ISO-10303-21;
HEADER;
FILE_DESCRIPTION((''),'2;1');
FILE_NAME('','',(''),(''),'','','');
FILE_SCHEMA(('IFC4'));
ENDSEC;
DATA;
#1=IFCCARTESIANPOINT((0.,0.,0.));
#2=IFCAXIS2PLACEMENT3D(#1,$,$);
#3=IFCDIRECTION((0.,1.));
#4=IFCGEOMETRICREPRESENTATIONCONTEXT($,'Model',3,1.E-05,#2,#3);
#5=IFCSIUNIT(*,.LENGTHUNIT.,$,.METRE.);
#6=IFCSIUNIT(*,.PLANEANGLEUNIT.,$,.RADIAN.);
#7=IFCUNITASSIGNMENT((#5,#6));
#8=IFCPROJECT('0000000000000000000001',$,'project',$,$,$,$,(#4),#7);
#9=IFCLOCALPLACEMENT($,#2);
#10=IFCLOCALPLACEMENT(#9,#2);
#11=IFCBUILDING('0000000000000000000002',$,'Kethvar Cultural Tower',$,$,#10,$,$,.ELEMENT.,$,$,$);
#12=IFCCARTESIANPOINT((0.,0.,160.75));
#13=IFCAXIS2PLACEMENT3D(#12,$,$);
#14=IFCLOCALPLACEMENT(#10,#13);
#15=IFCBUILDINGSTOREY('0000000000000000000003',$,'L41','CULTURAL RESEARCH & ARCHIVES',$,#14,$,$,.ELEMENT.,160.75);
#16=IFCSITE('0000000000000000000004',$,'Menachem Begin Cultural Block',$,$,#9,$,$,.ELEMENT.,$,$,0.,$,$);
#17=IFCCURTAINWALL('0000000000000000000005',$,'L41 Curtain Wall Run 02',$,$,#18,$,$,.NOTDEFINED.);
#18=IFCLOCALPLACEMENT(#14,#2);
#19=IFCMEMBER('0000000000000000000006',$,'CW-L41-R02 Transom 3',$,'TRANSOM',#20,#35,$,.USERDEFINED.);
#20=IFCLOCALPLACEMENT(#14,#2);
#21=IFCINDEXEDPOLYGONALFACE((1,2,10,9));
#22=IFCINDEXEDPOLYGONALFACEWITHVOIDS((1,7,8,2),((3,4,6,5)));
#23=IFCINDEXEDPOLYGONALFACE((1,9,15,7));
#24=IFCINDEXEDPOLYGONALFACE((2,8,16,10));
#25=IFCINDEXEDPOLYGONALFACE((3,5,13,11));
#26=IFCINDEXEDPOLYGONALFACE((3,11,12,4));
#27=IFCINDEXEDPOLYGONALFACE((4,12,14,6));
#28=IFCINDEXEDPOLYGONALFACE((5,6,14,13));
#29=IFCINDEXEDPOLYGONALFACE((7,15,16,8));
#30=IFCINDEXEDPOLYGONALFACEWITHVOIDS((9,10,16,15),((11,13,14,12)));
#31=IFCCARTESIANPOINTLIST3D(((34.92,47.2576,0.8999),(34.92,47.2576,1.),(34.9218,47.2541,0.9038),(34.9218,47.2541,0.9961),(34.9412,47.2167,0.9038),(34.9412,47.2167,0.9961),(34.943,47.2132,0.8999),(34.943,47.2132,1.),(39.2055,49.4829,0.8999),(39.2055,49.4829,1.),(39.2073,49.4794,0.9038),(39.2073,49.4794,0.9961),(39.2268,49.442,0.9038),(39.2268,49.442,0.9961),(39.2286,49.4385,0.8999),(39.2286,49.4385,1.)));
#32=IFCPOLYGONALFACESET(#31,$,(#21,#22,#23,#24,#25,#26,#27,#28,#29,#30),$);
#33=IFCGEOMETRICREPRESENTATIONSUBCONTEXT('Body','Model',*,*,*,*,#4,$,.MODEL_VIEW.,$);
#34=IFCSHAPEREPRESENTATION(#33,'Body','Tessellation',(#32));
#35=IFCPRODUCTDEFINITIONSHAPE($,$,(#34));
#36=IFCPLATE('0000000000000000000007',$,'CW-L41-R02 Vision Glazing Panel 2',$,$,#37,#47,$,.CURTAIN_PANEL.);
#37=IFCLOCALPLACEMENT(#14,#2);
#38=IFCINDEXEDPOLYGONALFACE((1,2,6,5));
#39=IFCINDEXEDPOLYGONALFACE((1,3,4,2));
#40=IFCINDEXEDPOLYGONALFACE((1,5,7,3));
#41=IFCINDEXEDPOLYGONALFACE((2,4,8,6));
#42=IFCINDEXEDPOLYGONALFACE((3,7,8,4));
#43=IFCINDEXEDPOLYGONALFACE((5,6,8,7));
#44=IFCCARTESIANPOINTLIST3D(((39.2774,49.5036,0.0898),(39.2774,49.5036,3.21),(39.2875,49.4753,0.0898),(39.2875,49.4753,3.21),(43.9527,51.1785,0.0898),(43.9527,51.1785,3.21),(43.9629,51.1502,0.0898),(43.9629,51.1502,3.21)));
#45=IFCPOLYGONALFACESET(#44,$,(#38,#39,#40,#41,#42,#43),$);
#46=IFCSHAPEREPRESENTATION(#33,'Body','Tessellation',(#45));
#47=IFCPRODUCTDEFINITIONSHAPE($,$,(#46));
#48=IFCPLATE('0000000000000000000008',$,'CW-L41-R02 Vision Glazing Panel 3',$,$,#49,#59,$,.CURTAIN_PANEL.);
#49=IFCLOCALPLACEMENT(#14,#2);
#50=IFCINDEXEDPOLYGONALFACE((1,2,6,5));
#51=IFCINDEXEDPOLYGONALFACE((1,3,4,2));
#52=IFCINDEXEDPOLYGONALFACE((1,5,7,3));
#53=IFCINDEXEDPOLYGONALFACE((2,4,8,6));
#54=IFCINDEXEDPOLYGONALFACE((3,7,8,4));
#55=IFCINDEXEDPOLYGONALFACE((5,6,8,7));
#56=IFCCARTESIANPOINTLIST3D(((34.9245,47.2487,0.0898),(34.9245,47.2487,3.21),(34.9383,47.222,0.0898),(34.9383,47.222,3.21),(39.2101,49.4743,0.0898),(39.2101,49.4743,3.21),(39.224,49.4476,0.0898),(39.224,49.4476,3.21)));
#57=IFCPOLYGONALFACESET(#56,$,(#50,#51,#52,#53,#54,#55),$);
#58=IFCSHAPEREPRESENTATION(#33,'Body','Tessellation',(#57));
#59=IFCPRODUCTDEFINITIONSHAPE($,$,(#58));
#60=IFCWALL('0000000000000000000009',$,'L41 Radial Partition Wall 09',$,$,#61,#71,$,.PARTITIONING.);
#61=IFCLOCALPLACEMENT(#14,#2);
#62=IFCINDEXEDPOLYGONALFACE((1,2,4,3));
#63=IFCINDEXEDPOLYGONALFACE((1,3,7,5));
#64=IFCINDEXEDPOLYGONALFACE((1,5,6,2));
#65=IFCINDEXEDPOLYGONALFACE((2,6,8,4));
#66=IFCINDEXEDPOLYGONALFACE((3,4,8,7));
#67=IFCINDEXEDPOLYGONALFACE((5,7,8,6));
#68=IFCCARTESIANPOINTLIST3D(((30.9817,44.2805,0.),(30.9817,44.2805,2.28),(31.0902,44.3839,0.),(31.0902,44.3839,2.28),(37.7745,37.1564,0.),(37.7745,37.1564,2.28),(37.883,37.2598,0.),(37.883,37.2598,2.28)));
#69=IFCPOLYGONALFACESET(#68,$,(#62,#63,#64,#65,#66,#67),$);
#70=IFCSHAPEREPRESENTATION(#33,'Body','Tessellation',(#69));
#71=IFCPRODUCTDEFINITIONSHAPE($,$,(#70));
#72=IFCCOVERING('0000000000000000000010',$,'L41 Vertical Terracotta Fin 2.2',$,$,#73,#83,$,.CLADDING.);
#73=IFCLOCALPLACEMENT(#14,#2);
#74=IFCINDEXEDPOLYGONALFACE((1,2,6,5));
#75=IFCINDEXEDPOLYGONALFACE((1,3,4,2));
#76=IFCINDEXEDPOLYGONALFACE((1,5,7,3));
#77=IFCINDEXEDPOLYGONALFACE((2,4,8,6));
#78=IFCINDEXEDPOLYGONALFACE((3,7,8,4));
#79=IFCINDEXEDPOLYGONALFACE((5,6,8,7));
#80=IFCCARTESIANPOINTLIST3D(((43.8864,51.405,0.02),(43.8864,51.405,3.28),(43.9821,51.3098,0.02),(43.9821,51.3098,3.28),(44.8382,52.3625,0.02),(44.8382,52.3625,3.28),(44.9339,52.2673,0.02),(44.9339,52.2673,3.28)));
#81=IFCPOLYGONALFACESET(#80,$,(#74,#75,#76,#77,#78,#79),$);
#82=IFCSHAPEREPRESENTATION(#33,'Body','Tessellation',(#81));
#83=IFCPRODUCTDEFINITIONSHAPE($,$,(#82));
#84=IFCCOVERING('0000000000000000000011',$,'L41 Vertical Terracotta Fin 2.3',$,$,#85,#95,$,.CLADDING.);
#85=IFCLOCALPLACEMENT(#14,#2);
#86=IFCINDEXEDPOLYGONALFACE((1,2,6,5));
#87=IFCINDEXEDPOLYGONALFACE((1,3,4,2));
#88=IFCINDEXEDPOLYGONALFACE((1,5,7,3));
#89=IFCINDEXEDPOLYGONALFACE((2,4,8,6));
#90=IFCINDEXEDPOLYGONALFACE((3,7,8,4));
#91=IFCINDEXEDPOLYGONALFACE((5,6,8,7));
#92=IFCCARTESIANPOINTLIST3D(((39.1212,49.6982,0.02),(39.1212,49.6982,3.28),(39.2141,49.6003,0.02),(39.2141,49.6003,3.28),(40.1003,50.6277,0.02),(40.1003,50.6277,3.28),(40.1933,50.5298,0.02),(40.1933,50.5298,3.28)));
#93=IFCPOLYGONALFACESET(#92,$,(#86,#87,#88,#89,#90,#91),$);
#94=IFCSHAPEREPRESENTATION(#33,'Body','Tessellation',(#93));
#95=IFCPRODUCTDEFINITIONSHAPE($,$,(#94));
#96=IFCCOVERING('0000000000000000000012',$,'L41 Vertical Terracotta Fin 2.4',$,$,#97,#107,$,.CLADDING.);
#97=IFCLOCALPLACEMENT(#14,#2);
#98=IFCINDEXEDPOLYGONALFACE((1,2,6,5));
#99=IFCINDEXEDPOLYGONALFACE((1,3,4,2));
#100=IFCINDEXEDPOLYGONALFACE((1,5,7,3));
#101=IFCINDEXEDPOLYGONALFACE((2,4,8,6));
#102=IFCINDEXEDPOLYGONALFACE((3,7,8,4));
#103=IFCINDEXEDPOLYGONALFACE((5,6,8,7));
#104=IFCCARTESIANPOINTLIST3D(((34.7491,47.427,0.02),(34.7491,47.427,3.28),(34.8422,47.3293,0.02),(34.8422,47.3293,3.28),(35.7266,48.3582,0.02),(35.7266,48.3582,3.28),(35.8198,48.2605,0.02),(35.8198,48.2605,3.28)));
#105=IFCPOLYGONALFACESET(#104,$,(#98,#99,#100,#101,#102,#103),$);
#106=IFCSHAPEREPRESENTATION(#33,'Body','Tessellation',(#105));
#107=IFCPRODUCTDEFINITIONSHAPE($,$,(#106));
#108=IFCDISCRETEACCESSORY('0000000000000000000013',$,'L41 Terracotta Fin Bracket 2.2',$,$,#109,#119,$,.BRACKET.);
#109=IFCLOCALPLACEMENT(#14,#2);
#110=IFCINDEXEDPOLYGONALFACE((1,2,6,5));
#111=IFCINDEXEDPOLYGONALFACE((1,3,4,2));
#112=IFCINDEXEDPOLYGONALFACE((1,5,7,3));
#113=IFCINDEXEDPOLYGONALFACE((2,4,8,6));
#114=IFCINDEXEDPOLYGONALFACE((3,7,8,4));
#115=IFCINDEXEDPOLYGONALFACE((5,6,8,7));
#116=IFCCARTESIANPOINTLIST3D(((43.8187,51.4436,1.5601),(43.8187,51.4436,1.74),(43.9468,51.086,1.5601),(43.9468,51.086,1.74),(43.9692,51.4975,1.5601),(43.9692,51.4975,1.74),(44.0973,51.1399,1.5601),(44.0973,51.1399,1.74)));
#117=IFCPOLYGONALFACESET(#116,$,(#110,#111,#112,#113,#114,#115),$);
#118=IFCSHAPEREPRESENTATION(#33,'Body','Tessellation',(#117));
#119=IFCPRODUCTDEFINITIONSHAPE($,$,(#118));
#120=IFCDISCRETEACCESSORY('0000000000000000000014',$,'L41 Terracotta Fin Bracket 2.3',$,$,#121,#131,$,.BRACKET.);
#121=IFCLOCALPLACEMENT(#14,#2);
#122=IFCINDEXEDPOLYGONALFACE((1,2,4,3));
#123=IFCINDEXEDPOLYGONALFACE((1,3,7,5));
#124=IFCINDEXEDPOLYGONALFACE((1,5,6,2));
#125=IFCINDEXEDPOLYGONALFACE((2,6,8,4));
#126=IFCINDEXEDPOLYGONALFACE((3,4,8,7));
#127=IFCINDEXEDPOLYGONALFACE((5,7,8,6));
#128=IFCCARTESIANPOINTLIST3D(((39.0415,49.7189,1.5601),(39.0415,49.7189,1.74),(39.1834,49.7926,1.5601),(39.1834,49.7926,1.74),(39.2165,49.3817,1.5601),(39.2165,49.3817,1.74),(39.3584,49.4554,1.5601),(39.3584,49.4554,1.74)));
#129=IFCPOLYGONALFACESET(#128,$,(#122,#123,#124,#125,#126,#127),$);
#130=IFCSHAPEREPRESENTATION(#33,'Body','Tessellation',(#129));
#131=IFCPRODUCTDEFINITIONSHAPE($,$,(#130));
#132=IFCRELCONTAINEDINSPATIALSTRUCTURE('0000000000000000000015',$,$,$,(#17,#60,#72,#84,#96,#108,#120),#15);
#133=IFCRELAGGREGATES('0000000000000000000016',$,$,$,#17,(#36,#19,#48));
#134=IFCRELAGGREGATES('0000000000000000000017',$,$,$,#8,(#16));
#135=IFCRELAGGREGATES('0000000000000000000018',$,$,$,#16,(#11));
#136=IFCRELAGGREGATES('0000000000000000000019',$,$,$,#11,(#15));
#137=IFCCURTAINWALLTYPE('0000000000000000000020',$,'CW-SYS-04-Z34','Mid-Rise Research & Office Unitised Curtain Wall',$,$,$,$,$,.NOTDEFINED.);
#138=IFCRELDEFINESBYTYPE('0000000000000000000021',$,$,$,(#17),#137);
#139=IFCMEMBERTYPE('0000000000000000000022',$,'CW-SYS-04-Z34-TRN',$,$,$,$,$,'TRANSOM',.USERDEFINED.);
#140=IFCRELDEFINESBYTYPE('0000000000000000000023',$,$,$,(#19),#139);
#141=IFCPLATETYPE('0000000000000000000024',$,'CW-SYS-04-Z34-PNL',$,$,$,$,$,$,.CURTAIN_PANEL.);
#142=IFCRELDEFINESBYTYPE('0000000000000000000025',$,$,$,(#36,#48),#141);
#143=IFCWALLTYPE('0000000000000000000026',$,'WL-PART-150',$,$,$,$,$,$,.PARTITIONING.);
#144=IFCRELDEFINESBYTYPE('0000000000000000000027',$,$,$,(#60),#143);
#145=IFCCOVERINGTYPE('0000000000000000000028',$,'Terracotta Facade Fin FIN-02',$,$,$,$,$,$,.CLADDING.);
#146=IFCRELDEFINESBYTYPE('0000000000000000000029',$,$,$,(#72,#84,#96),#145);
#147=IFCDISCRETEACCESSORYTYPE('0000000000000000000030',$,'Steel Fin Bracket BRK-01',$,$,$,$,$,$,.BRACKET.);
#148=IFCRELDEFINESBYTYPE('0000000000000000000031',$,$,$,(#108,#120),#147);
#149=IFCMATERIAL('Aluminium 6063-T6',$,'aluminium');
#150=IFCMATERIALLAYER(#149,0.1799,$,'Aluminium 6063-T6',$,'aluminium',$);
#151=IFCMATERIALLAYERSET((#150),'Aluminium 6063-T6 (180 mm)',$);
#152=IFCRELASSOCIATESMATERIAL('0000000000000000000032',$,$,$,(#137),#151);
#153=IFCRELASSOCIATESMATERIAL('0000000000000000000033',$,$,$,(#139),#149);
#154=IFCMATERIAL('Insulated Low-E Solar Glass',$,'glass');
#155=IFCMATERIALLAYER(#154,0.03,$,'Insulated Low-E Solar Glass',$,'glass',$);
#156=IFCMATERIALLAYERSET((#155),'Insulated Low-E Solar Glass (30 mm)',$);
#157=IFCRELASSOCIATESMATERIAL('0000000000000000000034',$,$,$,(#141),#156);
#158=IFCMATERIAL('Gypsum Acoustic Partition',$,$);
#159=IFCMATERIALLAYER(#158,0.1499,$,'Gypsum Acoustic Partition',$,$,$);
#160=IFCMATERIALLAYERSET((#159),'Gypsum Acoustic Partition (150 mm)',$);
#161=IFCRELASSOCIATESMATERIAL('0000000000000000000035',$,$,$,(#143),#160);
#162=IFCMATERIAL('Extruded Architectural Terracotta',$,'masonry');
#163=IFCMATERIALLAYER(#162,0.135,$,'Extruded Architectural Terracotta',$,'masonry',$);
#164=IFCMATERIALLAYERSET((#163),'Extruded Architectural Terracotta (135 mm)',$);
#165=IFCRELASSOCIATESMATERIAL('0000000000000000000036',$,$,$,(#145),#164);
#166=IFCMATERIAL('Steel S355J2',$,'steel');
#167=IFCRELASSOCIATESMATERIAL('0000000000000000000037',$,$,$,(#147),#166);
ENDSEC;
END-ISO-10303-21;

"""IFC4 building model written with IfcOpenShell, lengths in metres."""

from ifc_helpers import new_model, si_unit, direction, frame, frame_2d, origin, origin_2d, place, context, subcontext, project, spatial, rectangle, hollow_rectangle, extrude, source, transform, mapped, material, layer, layer_set, material_profile, profile_set, type_object, element, aggregate, save


model = new_model("IFC4")

# Units and contexts
model_context = context("Model", 3, precision=1e-05, world=origin(), true_north=direction((0.0, 1.0)))
body_context = subcontext(model_context, "Body", "Model", "MODEL_VIEW")
ifc_project = project(units=[si_unit("LENGTHUNIT", "METRE"), si_unit("PLANEANGLEUNIT", "RADIAN")], contexts=[model_context])

# Site, building, storey
site_placement = place(None, origin())
site = spatial("IfcSite", under=ifc_project, at=site_placement, Name="Menachem Begin Cultural Block", CompositionType="ELEMENT", RefElevation=0.0)
building_placement = place(site_placement, origin())
building = spatial("IfcBuilding", under=site, at=building_placement, Name="Kethvar Cultural Tower", CompositionType="ELEMENT")
storey_placement = place(building_placement, frame((0.0, 0.0, 160.75)))
storey = spatial("IfcBuildingStorey", under=building, at=storey_placement, Name="L41", Description="CULTURAL RESEARCH & ARCHIVES", CompositionType="ELEMENT", Elevation=160.75)

# Shared definitions
ifc_material_1 = material(Name="Steel S355J2", Category="steel")

# Curtain wall, member, plates
ifc_material_2 = material(Name="Aluminium 6063-T6", Category="aluminium")
ifc_layer_1 = layer(ifc_material_2, 0.1799, Name="Aluminium 6063-T6", Category="aluminium")
ifc_layer_set_1 = layer_set([ifc_layer_1], Name="Aluminium 6063-T6 (180 mm)")
curtain_wall_type = type_object("IfcCurtainWallType", Name="CW-SYS-04-Z34", Description="Mid-Rise Research & Office Unitised Curtain Wall", PredefinedType="NOTDEFINED", material=ifc_layer_set_1)
curtain_wall_placement = place(storey_placement, origin())
curtain_wall = element("IfcCurtainWall", 1, at=curtain_wall_placement, inside=storey, type_object=curtain_wall_type, Name="L41 Curtain Wall Run 02", PredefinedType="NOTDEFINED")
ifc_material_profile_1 = material_profile(ifc_material_2, hollow_rectangle(XDim=0.05, YDim=0.1001, WallThickness=0.0039, at=origin_2d()), Name="Aluminium 6063-T6 — RHS100x50x4")
ifc_profile_set_1 = profile_set([ifc_material_profile_1], Name="Aluminium 6063-T6 — RHS100x50x4")
member_type_1 = type_object("IfcMemberType", Name="CW-SYS-04-Z34-TRN", ElementType="TRANSOM", PredefinedType="USERDEFINED", material=ifc_profile_set_1)
shared_shape_1 = source(origin(), body_context, "Body", "SweptSolid", [
    extrude(hollow_rectangle(XDim=0.05, YDim=0.1001, WallThickness=0.0039, at=origin_2d()), origin(), (0.0, 0.0, 1.0), 4.8289),
])
member_1_placement = place(storey_placement, frame((39.217, 49.4607, 0.95), z_axis=(-0.887487, -0.460832, 0.0), x_axis=(0.460832, -0.887487, 0.0)))
member_1 = element("IfcMember", 2, at=member_1_placement, type_object=member_type_1, Name="CW-L41-R02 Transom 3", ObjectType="TRANSOM", PredefinedType="USERDEFINED", context=body_context, shape_type="MappedRepresentation", body=[
    mapped(shared_shape_1, transform((0.0, 0.0, 0.0), scale=1.0)),
])
ifc_material_3 = material(Name="Insulated Low-E Solar Glass", Category="glass")
ifc_layer_2 = layer(ifc_material_3, 0.03, Name="Insulated Low-E Solar Glass", Category="glass")
ifc_layer_set_2 = layer_set([ifc_layer_2], Name="Insulated Low-E Solar Glass (30 mm)")
plate_type = type_object("IfcPlateType", Name="CW-SYS-04-Z34-PNL", PredefinedType="CURTAIN_PANEL", material=ifc_layer_set_2)
shared_shape_2 = source(origin(), body_context, "Body", "SweptSolid", [
    extrude(rectangle(XDim=4.9663, YDim=0.03, at=origin_2d()), origin(), (0.0, 0.0, 1.0), 3.1201),
])
plate_1_placement = place(storey_placement, frame((41.6201, 50.3269, 0.0898), z_axis=(0.0, 0.0, 1.0), x_axis=(-0.941418, -0.337243, 0.0)))
plate_1 = element("IfcPlate", 3, at=plate_1_placement, type_object=plate_type, Name="CW-L41-R02 Vision Glazing Panel 2", PredefinedType="CURTAIN_PANEL", context=body_context, shape_type="MappedRepresentation", body=[
    mapped(shared_shape_2, transform((0.0, 0.0, 0.0), scale=1.0)),
])
shared_shape_3 = source(origin(), body_context, "Body", "SweptSolid", [
    extrude(rectangle(XDim=4.8291, YDim=0.03, at=origin_2d()), origin(), (0.0, 0.0, 1.0), 3.1201),
])
plate_2_placement = place(storey_placement, frame((37.0742, 48.3481, 0.0898), z_axis=(0.0, 0.0, 1.0), x_axis=(-0.88747, -0.460866, 0.0)))
plate_2 = element("IfcPlate", 4, at=plate_2_placement, type_object=plate_type, Name="CW-L41-R02 Vision Glazing Panel 3", PredefinedType="CURTAIN_PANEL", context=body_context, shape_type="MappedRepresentation", body=[
    mapped(shared_shape_3, transform((0.0, 0.0, 0.0), scale=1.0)),
])
aggregate(curtain_wall, [plate_1, member_1, plate_2])

# Wall
ifc_material_4 = material(Name="Gypsum Acoustic Partition")
ifc_layer_3 = layer(ifc_material_4, 0.1499, Name="Gypsum Acoustic Partition")
ifc_layer_set_3 = layer_set([ifc_layer_3], Name="Gypsum Acoustic Partition (150 mm)")
wall_type = type_object("IfcWallType", Name="WL-PART-150", PredefinedType="PARTITIONING", material=ifc_layer_set_3)
wall_placement = place(storey_placement, frame((37.8289, 37.208, 0.0), z_axis=(0.0, 0.0, 1.0), x_axis=(-0.690078, 0.723735, 0.0)))
element("IfcWall", 5, at=wall_placement, inside=storey, type_object=wall_type, Name="L41 Radial Partition Wall 09", PredefinedType="PARTITIONING", context=body_context, shape_type="SweptSolid", body=[
    extrude(rectangle(XDim=9.8435, YDim=0.1499, at=frame_2d((4.9219, 0.0))), origin(), (0.0, 0.0, 1.0), 2.28),
])

# Coverings
ifc_material_5 = material(Name="Extruded Architectural Terracotta", Category="masonry")
ifc_layer_4 = layer(ifc_material_5, 0.135, Name="Extruded Architectural Terracotta", Category="masonry")
ifc_layer_set_4 = layer_set([ifc_layer_4], Name="Extruded Architectural Terracotta (135 mm)")
covering_type = type_object("IfcCoveringType", Name="Terracotta Facade Fin FIN-02", PredefinedType="CLADDING", material=ifc_layer_set_4)
shared_shape_4 = source(origin(), body_context, "Body", "SweptSolid", [
    extrude(rectangle(XDim=1.3501, YDim=0.135, at=origin_2d()), origin(), (0.0, 0.0, 1.0), 3.26),
])
for number, where, z_axis, x_axis, name in (
    (6, (44.4102, 51.8362, 0.02), (0.0, 0.0, 1.0), (0.705006, 0.709202, 0.0), "L41 Vertical Terracotta Fin 2.2"),
    (7, (39.6572, 50.114, 0.02), (0.0, 0.0, 1.0), (0.725254, 0.688481, 0.0), "L41 Vertical Terracotta Fin 2.3"),
    (8, (35.2844, 47.8438, 0.02), (0.0, 0.0, 1.0), (0.724051, 0.689746, 0.0), "L41 Vertical Terracotta Fin 2.4"),
):
    element("IfcCovering", number, at=place(storey_placement, frame(where, z_axis=z_axis, x_axis=x_axis)), inside=storey, type_object=covering_type, Name=name, PredefinedType="CLADDING", context=body_context, shape_type="MappedRepresentation", body=[
        mapped(shared_shape_4, transform((0.0, 0.0, 0.0), scale=1.0)),
    ])

# Discrete accessories
discrete_accessory_type = type_object("IfcDiscreteAccessoryType", Name="Steel Fin Bracket BRK-01", PredefinedType="BRACKET", material=ifc_material_1)
shared_shape_5 = source(origin(), body_context, "Body", "SweptSolid", [
    extrude(rectangle(XDim=0.3799, YDim=0.1599, at=origin_2d()), origin(), (0.0, 0.0, 1.0), 0.1799),
])
for number, where, z_axis, x_axis, name in (
    (9, (43.958, 51.2917, 1.5601), (0.0, 0.0, 1.0), (-0.33726, 0.941412, 0.0), "L41 Terracotta Fin Bracket 2.2"),
    (10, (39.2, 49.5872, 1.5601), (0.0, 0.0, 1.0), (-0.460819, 0.887494, 0.0), "L41 Terracotta Fin Bracket 2.3"),
):
    element("IfcDiscreteAccessory", number, at=place(storey_placement, frame(where, z_axis=z_axis, x_axis=x_axis)), inside=storey, type_object=discrete_accessory_type, Name=name, PredefinedType="BRACKET", context=body_context, shape_type="MappedRepresentation", body=[
        mapped(shared_shape_5, transform((0.0, 0.0, 0.0), scale=1.0)),
    ])

save(model, "model.ifc")
